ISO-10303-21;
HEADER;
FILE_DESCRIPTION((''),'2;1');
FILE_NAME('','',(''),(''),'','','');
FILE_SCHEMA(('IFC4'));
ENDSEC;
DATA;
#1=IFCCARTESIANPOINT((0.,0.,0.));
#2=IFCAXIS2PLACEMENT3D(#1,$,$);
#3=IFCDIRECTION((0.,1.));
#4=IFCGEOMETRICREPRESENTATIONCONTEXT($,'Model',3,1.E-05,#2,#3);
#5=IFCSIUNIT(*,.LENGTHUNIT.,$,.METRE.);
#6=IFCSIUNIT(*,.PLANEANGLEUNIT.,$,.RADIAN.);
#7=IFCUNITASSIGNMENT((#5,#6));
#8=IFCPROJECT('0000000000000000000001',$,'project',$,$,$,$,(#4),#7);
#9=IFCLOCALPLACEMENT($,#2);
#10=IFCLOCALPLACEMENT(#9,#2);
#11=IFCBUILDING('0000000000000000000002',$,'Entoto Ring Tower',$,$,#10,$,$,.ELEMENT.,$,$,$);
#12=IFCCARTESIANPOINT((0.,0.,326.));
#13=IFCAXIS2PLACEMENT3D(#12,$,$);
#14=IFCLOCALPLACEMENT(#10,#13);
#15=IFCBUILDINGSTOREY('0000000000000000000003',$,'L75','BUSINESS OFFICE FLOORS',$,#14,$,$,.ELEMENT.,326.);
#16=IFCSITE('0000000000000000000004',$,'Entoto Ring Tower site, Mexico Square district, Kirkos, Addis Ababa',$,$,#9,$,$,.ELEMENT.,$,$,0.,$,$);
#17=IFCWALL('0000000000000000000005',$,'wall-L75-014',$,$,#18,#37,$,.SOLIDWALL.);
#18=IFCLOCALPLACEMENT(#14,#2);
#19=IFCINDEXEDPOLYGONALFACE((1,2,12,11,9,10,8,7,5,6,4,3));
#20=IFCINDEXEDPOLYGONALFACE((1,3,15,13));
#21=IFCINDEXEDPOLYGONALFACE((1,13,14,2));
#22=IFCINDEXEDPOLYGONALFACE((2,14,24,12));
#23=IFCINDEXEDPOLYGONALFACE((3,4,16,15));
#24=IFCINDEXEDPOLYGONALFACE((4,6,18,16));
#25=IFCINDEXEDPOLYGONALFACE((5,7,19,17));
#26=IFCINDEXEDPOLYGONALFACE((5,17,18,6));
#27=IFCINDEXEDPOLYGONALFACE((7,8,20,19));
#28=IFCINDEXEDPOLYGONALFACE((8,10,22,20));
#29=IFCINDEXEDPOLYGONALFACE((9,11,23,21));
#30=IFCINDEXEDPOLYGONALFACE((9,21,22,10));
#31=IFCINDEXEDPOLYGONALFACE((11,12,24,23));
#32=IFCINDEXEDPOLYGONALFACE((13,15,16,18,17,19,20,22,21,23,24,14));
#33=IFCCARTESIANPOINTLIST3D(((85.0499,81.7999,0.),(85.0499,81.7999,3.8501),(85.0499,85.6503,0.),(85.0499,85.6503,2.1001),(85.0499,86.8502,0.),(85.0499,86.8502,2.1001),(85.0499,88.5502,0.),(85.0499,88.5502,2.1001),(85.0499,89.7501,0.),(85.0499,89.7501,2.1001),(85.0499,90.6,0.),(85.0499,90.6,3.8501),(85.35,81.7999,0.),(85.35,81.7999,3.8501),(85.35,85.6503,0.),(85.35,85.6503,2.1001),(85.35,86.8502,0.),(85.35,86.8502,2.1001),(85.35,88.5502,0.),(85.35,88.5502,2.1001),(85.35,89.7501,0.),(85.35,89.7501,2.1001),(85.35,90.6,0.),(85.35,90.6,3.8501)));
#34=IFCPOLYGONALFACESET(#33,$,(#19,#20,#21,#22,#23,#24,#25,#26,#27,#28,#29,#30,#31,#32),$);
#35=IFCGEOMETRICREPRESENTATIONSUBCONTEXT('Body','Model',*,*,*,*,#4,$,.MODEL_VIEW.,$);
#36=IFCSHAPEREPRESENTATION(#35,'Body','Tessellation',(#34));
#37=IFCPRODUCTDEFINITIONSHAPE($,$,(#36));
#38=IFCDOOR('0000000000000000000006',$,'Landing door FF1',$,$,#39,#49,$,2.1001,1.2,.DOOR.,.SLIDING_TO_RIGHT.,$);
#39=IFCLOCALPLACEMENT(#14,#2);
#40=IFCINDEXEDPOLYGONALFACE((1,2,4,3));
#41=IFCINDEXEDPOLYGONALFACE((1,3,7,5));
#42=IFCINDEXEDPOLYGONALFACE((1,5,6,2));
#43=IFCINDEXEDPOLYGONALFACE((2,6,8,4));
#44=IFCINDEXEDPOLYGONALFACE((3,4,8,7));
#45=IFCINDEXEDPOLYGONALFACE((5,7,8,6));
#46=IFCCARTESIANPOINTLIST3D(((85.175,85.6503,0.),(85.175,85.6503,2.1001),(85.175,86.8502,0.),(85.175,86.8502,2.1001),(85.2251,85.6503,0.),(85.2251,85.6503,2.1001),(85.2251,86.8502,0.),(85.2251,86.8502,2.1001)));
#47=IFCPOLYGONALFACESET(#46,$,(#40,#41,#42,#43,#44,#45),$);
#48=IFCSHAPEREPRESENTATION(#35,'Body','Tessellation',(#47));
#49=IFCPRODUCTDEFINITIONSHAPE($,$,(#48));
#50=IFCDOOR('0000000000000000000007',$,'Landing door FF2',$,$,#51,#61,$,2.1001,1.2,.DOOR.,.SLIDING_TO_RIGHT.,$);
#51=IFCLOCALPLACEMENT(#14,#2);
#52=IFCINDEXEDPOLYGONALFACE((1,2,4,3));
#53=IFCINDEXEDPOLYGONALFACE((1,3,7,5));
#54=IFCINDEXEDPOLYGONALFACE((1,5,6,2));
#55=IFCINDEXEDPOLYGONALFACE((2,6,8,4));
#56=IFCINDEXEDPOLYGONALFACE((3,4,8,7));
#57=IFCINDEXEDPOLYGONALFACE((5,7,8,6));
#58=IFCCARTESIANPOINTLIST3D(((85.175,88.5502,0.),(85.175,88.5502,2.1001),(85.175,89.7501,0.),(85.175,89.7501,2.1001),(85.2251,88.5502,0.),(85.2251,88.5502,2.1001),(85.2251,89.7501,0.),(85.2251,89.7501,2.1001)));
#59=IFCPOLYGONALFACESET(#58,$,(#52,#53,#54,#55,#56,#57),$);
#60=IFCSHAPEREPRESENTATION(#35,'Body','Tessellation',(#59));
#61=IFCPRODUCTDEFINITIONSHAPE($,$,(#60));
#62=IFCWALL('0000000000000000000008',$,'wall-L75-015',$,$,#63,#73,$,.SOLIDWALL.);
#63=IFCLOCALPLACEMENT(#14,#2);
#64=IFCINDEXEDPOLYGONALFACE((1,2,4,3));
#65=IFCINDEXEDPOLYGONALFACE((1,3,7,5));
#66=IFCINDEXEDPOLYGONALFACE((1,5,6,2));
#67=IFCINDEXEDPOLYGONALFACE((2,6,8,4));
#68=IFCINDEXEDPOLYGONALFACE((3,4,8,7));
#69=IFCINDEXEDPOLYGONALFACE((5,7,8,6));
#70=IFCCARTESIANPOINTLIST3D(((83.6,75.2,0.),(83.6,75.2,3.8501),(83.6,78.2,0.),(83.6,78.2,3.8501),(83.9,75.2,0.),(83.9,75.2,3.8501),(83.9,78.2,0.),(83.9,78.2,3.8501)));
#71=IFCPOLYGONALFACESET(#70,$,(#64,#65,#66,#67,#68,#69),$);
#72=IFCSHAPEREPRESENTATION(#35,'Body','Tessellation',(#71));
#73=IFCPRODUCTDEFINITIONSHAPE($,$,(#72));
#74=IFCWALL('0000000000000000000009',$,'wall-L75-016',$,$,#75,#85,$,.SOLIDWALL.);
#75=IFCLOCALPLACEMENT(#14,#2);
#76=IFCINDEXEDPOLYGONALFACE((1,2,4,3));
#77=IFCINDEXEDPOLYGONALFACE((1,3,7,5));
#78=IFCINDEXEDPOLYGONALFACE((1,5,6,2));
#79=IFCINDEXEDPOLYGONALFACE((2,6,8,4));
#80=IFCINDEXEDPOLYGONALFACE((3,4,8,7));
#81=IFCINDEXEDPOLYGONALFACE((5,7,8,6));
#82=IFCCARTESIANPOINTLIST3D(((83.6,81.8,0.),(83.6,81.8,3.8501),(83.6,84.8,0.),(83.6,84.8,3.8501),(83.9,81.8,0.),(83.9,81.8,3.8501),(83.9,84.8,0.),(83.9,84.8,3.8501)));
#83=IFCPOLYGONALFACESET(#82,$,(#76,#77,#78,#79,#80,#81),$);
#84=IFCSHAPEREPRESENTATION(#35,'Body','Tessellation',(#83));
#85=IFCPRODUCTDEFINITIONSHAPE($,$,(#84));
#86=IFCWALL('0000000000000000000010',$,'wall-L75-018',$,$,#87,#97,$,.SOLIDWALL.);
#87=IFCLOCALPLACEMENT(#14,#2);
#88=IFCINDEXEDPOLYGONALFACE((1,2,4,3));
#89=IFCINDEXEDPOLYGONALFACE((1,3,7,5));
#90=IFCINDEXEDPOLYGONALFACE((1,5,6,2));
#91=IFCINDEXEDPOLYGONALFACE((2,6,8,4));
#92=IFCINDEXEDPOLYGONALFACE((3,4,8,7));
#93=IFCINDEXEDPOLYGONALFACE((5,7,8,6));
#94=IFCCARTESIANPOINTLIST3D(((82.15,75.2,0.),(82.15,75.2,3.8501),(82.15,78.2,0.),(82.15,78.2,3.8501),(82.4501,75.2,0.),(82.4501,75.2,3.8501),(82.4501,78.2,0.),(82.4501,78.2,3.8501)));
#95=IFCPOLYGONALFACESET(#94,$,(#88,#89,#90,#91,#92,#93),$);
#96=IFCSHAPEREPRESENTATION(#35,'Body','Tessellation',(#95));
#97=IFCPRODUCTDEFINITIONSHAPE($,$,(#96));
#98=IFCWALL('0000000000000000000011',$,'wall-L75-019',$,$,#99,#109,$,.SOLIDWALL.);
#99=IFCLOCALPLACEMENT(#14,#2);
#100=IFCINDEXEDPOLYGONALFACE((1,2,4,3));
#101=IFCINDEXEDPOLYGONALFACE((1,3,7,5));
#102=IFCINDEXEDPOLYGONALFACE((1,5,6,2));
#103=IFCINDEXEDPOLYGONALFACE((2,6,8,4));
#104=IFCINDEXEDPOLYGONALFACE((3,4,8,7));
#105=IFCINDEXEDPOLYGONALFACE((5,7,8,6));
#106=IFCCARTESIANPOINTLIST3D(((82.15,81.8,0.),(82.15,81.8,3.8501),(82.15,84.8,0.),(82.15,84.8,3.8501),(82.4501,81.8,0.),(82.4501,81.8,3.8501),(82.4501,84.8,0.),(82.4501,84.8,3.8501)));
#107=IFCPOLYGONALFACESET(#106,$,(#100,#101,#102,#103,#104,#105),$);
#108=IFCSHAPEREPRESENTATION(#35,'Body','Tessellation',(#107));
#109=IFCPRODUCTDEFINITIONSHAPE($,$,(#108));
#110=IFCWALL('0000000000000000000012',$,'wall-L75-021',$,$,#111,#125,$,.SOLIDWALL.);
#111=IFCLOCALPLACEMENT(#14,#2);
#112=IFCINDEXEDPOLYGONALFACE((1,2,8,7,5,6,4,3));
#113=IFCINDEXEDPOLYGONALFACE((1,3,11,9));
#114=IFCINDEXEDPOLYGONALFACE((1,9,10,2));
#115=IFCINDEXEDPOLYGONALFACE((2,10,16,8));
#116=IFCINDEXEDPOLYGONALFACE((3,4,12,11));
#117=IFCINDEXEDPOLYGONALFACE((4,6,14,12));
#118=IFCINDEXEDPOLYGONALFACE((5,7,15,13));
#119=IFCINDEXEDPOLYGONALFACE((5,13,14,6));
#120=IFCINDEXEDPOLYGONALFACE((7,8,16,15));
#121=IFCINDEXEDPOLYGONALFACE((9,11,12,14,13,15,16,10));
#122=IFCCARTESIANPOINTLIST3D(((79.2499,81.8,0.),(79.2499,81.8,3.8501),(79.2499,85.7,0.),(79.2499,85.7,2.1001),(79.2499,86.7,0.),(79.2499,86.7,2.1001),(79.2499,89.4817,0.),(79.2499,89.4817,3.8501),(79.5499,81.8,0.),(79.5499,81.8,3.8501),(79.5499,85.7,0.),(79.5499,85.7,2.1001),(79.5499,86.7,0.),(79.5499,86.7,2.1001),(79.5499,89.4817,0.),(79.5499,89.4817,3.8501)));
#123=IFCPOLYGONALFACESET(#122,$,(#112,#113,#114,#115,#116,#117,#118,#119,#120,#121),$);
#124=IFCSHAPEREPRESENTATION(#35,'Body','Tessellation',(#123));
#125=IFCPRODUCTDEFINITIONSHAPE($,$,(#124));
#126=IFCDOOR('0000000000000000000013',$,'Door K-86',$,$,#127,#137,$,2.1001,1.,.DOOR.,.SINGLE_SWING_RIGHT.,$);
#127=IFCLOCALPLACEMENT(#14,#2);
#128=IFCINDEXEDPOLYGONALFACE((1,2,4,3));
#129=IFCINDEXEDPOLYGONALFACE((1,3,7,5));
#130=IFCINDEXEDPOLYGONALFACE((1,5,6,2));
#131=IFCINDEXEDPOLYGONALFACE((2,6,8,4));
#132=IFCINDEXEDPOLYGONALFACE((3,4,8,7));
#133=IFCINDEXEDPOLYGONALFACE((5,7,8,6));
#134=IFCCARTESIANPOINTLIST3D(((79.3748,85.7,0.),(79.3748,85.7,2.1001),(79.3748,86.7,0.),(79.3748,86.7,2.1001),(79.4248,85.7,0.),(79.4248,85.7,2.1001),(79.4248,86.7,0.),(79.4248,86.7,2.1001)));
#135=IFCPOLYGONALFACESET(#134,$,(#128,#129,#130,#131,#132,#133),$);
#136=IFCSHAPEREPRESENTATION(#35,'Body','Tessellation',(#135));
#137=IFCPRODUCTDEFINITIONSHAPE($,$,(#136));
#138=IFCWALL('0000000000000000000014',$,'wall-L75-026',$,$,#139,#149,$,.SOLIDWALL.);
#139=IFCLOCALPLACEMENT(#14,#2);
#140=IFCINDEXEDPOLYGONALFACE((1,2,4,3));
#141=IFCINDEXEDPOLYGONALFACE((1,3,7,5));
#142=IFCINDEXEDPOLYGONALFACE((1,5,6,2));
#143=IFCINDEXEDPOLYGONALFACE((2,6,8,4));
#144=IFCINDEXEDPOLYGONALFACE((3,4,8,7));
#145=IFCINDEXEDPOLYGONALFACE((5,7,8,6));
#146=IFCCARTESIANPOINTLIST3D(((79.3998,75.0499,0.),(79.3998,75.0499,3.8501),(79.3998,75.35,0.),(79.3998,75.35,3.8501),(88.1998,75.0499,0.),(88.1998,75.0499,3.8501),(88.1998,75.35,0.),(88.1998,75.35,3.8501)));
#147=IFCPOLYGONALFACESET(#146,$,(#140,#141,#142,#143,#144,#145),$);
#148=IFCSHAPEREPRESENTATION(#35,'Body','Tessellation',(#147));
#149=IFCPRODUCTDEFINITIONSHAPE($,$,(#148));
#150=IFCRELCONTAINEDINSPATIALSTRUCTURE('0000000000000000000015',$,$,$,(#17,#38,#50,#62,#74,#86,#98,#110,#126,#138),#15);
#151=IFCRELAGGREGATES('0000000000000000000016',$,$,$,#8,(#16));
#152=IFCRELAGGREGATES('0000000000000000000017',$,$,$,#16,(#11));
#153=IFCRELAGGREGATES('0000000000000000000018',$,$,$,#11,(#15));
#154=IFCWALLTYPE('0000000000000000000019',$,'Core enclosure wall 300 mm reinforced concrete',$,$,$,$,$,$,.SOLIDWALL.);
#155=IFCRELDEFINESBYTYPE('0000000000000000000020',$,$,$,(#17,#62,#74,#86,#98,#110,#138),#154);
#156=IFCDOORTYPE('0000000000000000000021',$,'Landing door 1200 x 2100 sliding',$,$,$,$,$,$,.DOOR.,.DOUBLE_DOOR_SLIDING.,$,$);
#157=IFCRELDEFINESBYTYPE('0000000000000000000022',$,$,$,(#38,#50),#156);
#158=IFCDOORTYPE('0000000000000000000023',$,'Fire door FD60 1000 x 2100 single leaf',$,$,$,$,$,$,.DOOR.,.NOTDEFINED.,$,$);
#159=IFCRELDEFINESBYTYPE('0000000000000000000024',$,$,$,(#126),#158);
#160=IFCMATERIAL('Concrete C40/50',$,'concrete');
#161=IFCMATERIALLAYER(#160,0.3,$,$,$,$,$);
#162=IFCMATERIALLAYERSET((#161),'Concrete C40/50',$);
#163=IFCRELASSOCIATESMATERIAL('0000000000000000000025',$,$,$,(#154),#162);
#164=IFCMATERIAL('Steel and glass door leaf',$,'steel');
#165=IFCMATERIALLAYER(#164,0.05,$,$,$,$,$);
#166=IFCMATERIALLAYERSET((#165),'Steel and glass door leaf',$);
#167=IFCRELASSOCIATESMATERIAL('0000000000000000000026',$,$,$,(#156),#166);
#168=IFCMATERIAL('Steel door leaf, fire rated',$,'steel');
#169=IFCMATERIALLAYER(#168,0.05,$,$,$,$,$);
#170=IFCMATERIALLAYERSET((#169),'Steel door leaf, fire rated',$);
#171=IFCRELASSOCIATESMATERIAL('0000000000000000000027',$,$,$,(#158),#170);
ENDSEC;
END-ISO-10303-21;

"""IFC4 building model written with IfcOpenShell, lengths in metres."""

from ifc_helpers import new_model, si_unit, direction, frame, frame_2d, origin, place, context, subcontext, project, spatial, rectangle, extrude, material, layer, layer_set, type_object, element, fill, save


model = new_model("IFC4")

# Units and contexts
model_context = context("Model", 3, precision=1e-05, world=origin(), true_north=direction((0.0, 1.0)))
body_context = subcontext(model_context, "Body", "Model", "MODEL_VIEW")
ifc_project = project(units=[si_unit("LENGTHUNIT", "METRE"), si_unit("PLANEANGLEUNIT", "RADIAN")], contexts=[model_context])

# Site, building, storey
site_placement = place(None, origin())
site = spatial("IfcSite", under=ifc_project, at=site_placement, Name="Entoto Ring Tower site, Mexico Square district, Kirkos, Addis Ababa", CompositionType="ELEMENT", RefElevation=0.0)
building_placement = place(site_placement, origin())
building = spatial("IfcBuilding", under=site, at=building_placement, Name="Entoto Ring Tower", CompositionType="ELEMENT")
storey_placement = place(building_placement, frame((0.0, 0.0, 326.0)))
storey = spatial("IfcBuildingStorey", under=building, at=storey_placement, Name="L75", Description="BUSINESS OFFICE FLOORS", CompositionType="ELEMENT", Elevation=326.0)

# Wall, openings, doors
ifc_material_1 = material(Name="Concrete C40/50", Category="concrete")
ifc_layer_1 = layer(ifc_material_1, 0.3)
ifc_layer_set_1 = layer_set([ifc_layer_1], Name="Concrete C40/50")
wall_type_1 = type_object("IfcWallType", Name="Core enclosure wall 300 mm reinforced concrete", PredefinedType="SOLIDWALL", material=ifc_layer_set_1)
wall_1_placement = place(storey_placement, frame((85.2, 81.8, 0.0), z_axis=(0.0, 0.0, 1.0), x_axis=(0.0, 1.0, 0.0)))
wall_1 = element("IfcWall", 1, at=wall_1_placement, inside=storey, type_object=wall_type_1, Name="wall-L75-014", PredefinedType="SOLIDWALL", context=body_context, shape_type="SweptSolid", body=[
    extrude(rectangle(XDim=8.8, YDim=0.3, at=frame_2d((4.3999, 0.0))), origin(), (0.0, 0.0, 1.0), 3.8501),
])
opening_1_placement = place(wall_1_placement, frame((3.8501, 0.0, 0.0)))
opening_1 = element("IfcOpeningElement", 2, at=opening_1_placement, cuts=wall_1, PredefinedType="OPENING", context=body_context, shape_type="SweptSolid", body=[
    extrude(rectangle(XDim=1.2, YDim=2.1001, at=frame_2d((0.6001, 1.05))), frame((0.0, 0.1602, 0.0), z_axis=(0.0, -1.0, 0.0), x_axis=(1.0, 0.0, 0.0)), (0.0, 0.0, 1.0), 0.3201),
])
opening_2_placement = place(wall_1_placement, frame((6.75, 0.0, 0.0)))
opening_2 = element("IfcOpeningElement", 3, at=opening_2_placement, cuts=wall_1, PredefinedType="OPENING", context=body_context, shape_type="SweptSolid", body=[
    extrude(rectangle(XDim=1.2, YDim=2.1001, at=frame_2d((0.6001, 1.05))), frame((0.0, 0.1602, 0.0), z_axis=(0.0, -1.0, 0.0), x_axis=(1.0, 0.0, 0.0)), (0.0, 0.0, 1.0), 0.3201),
])
ifc_material_2 = material(Name="Steel and glass door leaf", Category="steel")
ifc_layer_2 = layer(ifc_material_2, 0.05)
ifc_layer_set_2 = layer_set([ifc_layer_2], Name="Steel and glass door leaf")
door_type_1 = type_object("IfcDoorType", Name="Landing door 1200 x 2100 sliding", OperationType="DOUBLE_DOOR_SLIDING", PredefinedType="DOOR", material=ifc_layer_set_2)
door_1_placement = place(opening_1_placement, origin())
door_1 = element("IfcDoor", 4, at=door_1_placement, inside=storey, type_object=door_type_1, Name="Landing door FF1", OperationType="SLIDING_TO_RIGHT", OverallHeight=2.1001, OverallWidth=1.2, PredefinedType="DOOR", context=body_context, shape_type="SweptSolid", body=[
    extrude(rectangle(XDim=1.2, YDim=2.1001, at=frame_2d((0.6001, 1.05))), frame((0.0, 0.0249, 0.0), z_axis=(0.0, -1.0, 0.0), x_axis=(1.0, 0.0, 0.0)), (0.0, 0.0, 1.0), 0.05),
])
fill(opening_1, door_1)
door_2_placement = place(opening_2_placement, origin())
door_2 = element("IfcDoor", 5, at=door_2_placement, inside=storey, type_object=door_type_1, Name="Landing door FF2", OperationType="SLIDING_TO_RIGHT", OverallHeight=2.1001, OverallWidth=1.2, PredefinedType="DOOR", context=body_context, shape_type="SweptSolid", body=[
    extrude(rectangle(XDim=1.2, YDim=2.1001, at=frame_2d((0.6001, 1.05))), frame((0.0, 0.0249, 0.0), z_axis=(0.0, -1.0, 0.0), x_axis=(1.0, 0.0, 0.0)), (0.0, 0.0, 1.0), 0.05),
])
fill(opening_2, door_2)

# Walls
for number, where, z_axis, x_axis, name in (
    (6, (83.75, 75.2, 0.0), (0.0, 0.0, 1.0), (0.0, 1.0, 0.0), "wall-L75-015"),
    (7, (83.75, 81.8, 0.0), (0.0, 0.0, 1.0), (0.0, 1.0, 0.0), "wall-L75-016"),
    (8, (82.3, 75.2, 0.0), (0.0, 0.0, 1.0), (0.0, 1.0, 0.0), "wall-L75-018"),
    (9, (82.3, 81.8, 0.0), (0.0, 0.0, 1.0), (0.0, 1.0, 0.0), "wall-L75-019"),
):
    element("IfcWall", number, at=place(storey_placement, frame(where, z_axis=z_axis, x_axis=x_axis)), inside=storey, type_object=wall_type_1, Name=name, PredefinedType="SOLIDWALL", context=body_context, shape_type="SweptSolid", body=[
        extrude(rectangle(XDim=3.0, YDim=0.3, at=frame_2d((1.5, 0.0))), origin(), (0.0, 0.0, 1.0), 3.8501),
    ])

# Wall, opening, door
wall_2_placement = place(storey_placement, frame((79.3999, 81.8, 0.0), z_axis=(0.0, 0.0, 1.0), x_axis=(0.0, 1.0, 0.0)))
wall_2 = element("IfcWall", 10, at=wall_2_placement, inside=storey, type_object=wall_type_1, Name="wall-L75-021", PredefinedType="SOLIDWALL", context=body_context, shape_type="SweptSolid", body=[
    extrude(rectangle(XDim=7.6816, YDim=0.3, at=frame_2d((3.8408, 0.0))), origin(), (0.0, 0.0, 1.0), 3.8501),
])
opening_3_placement = place(wall_2_placement, frame((3.8999, 0.0, 0.0)))
opening_3 = element("IfcOpeningElement", 11, at=opening_3_placement, cuts=wall_2, PredefinedType="OPENING", context=body_context, shape_type="SweptSolid", body=[
    extrude(rectangle(XDim=1.0, YDim=2.1001, at=frame_2d((0.5, 1.05))), frame((0.0, 0.1602, 0.0), z_axis=(0.0, -1.0, 0.0), x_axis=(1.0, 0.0, 0.0)), (0.0, 0.0, 1.0), 0.3201),
])
ifc_material_3 = material(Name="Steel door leaf, fire rated", Category="steel")
ifc_layer_3 = layer(ifc_material_3, 0.05)
ifc_layer_set_3 = layer_set([ifc_layer_3], Name="Steel door leaf, fire rated")
door_type_2 = type_object("IfcDoorType", Name="Fire door FD60 1000 x 2100 single leaf", OperationType="NOTDEFINED", PredefinedType="DOOR", material=ifc_layer_set_3)
door_3_placement = place(opening_3_placement, frame((1.0, 0.0, 0.0), z_axis=(0.0, 0.0, 1.0), x_axis=(-1.0, 0.0, 0.0)))
door_3 = element("IfcDoor", 12, at=door_3_placement, inside=storey, type_object=door_type_2, Name="Door K-86", OperationType="SINGLE_SWING_RIGHT", OverallHeight=2.1001, OverallWidth=1.0, PredefinedType="DOOR", context=body_context, shape_type="SweptSolid", body=[
    extrude(rectangle(XDim=1.0, YDim=2.1001, at=frame_2d((0.5, 1.05))), frame((0.0, 0.0249, 0.0), z_axis=(0.0, -1.0, 0.0), x_axis=(1.0, 0.0, 0.0)), (0.0, 0.0, 1.0), 0.05),
])
fill(opening_3, door_3)

# Wall
wall_3_placement = place(storey_placement, frame((79.3999, 75.2, 0.0), z_axis=(0.0, 0.0, 1.0), x_axis=(1.0, 0.0, 0.0)))
element("IfcWall", 13, at=wall_3_placement, inside=storey, type_object=wall_type_1, Name="wall-L75-026", PredefinedType="SOLIDWALL", context=body_context, shape_type="SweptSolid", body=[
    extrude(rectangle(XDim=8.8, YDim=0.3, at=frame_2d((4.3999, 0.0))), origin(), (0.0, 0.0, 1.0), 3.8501),
])

save(model, "model.ifc")
